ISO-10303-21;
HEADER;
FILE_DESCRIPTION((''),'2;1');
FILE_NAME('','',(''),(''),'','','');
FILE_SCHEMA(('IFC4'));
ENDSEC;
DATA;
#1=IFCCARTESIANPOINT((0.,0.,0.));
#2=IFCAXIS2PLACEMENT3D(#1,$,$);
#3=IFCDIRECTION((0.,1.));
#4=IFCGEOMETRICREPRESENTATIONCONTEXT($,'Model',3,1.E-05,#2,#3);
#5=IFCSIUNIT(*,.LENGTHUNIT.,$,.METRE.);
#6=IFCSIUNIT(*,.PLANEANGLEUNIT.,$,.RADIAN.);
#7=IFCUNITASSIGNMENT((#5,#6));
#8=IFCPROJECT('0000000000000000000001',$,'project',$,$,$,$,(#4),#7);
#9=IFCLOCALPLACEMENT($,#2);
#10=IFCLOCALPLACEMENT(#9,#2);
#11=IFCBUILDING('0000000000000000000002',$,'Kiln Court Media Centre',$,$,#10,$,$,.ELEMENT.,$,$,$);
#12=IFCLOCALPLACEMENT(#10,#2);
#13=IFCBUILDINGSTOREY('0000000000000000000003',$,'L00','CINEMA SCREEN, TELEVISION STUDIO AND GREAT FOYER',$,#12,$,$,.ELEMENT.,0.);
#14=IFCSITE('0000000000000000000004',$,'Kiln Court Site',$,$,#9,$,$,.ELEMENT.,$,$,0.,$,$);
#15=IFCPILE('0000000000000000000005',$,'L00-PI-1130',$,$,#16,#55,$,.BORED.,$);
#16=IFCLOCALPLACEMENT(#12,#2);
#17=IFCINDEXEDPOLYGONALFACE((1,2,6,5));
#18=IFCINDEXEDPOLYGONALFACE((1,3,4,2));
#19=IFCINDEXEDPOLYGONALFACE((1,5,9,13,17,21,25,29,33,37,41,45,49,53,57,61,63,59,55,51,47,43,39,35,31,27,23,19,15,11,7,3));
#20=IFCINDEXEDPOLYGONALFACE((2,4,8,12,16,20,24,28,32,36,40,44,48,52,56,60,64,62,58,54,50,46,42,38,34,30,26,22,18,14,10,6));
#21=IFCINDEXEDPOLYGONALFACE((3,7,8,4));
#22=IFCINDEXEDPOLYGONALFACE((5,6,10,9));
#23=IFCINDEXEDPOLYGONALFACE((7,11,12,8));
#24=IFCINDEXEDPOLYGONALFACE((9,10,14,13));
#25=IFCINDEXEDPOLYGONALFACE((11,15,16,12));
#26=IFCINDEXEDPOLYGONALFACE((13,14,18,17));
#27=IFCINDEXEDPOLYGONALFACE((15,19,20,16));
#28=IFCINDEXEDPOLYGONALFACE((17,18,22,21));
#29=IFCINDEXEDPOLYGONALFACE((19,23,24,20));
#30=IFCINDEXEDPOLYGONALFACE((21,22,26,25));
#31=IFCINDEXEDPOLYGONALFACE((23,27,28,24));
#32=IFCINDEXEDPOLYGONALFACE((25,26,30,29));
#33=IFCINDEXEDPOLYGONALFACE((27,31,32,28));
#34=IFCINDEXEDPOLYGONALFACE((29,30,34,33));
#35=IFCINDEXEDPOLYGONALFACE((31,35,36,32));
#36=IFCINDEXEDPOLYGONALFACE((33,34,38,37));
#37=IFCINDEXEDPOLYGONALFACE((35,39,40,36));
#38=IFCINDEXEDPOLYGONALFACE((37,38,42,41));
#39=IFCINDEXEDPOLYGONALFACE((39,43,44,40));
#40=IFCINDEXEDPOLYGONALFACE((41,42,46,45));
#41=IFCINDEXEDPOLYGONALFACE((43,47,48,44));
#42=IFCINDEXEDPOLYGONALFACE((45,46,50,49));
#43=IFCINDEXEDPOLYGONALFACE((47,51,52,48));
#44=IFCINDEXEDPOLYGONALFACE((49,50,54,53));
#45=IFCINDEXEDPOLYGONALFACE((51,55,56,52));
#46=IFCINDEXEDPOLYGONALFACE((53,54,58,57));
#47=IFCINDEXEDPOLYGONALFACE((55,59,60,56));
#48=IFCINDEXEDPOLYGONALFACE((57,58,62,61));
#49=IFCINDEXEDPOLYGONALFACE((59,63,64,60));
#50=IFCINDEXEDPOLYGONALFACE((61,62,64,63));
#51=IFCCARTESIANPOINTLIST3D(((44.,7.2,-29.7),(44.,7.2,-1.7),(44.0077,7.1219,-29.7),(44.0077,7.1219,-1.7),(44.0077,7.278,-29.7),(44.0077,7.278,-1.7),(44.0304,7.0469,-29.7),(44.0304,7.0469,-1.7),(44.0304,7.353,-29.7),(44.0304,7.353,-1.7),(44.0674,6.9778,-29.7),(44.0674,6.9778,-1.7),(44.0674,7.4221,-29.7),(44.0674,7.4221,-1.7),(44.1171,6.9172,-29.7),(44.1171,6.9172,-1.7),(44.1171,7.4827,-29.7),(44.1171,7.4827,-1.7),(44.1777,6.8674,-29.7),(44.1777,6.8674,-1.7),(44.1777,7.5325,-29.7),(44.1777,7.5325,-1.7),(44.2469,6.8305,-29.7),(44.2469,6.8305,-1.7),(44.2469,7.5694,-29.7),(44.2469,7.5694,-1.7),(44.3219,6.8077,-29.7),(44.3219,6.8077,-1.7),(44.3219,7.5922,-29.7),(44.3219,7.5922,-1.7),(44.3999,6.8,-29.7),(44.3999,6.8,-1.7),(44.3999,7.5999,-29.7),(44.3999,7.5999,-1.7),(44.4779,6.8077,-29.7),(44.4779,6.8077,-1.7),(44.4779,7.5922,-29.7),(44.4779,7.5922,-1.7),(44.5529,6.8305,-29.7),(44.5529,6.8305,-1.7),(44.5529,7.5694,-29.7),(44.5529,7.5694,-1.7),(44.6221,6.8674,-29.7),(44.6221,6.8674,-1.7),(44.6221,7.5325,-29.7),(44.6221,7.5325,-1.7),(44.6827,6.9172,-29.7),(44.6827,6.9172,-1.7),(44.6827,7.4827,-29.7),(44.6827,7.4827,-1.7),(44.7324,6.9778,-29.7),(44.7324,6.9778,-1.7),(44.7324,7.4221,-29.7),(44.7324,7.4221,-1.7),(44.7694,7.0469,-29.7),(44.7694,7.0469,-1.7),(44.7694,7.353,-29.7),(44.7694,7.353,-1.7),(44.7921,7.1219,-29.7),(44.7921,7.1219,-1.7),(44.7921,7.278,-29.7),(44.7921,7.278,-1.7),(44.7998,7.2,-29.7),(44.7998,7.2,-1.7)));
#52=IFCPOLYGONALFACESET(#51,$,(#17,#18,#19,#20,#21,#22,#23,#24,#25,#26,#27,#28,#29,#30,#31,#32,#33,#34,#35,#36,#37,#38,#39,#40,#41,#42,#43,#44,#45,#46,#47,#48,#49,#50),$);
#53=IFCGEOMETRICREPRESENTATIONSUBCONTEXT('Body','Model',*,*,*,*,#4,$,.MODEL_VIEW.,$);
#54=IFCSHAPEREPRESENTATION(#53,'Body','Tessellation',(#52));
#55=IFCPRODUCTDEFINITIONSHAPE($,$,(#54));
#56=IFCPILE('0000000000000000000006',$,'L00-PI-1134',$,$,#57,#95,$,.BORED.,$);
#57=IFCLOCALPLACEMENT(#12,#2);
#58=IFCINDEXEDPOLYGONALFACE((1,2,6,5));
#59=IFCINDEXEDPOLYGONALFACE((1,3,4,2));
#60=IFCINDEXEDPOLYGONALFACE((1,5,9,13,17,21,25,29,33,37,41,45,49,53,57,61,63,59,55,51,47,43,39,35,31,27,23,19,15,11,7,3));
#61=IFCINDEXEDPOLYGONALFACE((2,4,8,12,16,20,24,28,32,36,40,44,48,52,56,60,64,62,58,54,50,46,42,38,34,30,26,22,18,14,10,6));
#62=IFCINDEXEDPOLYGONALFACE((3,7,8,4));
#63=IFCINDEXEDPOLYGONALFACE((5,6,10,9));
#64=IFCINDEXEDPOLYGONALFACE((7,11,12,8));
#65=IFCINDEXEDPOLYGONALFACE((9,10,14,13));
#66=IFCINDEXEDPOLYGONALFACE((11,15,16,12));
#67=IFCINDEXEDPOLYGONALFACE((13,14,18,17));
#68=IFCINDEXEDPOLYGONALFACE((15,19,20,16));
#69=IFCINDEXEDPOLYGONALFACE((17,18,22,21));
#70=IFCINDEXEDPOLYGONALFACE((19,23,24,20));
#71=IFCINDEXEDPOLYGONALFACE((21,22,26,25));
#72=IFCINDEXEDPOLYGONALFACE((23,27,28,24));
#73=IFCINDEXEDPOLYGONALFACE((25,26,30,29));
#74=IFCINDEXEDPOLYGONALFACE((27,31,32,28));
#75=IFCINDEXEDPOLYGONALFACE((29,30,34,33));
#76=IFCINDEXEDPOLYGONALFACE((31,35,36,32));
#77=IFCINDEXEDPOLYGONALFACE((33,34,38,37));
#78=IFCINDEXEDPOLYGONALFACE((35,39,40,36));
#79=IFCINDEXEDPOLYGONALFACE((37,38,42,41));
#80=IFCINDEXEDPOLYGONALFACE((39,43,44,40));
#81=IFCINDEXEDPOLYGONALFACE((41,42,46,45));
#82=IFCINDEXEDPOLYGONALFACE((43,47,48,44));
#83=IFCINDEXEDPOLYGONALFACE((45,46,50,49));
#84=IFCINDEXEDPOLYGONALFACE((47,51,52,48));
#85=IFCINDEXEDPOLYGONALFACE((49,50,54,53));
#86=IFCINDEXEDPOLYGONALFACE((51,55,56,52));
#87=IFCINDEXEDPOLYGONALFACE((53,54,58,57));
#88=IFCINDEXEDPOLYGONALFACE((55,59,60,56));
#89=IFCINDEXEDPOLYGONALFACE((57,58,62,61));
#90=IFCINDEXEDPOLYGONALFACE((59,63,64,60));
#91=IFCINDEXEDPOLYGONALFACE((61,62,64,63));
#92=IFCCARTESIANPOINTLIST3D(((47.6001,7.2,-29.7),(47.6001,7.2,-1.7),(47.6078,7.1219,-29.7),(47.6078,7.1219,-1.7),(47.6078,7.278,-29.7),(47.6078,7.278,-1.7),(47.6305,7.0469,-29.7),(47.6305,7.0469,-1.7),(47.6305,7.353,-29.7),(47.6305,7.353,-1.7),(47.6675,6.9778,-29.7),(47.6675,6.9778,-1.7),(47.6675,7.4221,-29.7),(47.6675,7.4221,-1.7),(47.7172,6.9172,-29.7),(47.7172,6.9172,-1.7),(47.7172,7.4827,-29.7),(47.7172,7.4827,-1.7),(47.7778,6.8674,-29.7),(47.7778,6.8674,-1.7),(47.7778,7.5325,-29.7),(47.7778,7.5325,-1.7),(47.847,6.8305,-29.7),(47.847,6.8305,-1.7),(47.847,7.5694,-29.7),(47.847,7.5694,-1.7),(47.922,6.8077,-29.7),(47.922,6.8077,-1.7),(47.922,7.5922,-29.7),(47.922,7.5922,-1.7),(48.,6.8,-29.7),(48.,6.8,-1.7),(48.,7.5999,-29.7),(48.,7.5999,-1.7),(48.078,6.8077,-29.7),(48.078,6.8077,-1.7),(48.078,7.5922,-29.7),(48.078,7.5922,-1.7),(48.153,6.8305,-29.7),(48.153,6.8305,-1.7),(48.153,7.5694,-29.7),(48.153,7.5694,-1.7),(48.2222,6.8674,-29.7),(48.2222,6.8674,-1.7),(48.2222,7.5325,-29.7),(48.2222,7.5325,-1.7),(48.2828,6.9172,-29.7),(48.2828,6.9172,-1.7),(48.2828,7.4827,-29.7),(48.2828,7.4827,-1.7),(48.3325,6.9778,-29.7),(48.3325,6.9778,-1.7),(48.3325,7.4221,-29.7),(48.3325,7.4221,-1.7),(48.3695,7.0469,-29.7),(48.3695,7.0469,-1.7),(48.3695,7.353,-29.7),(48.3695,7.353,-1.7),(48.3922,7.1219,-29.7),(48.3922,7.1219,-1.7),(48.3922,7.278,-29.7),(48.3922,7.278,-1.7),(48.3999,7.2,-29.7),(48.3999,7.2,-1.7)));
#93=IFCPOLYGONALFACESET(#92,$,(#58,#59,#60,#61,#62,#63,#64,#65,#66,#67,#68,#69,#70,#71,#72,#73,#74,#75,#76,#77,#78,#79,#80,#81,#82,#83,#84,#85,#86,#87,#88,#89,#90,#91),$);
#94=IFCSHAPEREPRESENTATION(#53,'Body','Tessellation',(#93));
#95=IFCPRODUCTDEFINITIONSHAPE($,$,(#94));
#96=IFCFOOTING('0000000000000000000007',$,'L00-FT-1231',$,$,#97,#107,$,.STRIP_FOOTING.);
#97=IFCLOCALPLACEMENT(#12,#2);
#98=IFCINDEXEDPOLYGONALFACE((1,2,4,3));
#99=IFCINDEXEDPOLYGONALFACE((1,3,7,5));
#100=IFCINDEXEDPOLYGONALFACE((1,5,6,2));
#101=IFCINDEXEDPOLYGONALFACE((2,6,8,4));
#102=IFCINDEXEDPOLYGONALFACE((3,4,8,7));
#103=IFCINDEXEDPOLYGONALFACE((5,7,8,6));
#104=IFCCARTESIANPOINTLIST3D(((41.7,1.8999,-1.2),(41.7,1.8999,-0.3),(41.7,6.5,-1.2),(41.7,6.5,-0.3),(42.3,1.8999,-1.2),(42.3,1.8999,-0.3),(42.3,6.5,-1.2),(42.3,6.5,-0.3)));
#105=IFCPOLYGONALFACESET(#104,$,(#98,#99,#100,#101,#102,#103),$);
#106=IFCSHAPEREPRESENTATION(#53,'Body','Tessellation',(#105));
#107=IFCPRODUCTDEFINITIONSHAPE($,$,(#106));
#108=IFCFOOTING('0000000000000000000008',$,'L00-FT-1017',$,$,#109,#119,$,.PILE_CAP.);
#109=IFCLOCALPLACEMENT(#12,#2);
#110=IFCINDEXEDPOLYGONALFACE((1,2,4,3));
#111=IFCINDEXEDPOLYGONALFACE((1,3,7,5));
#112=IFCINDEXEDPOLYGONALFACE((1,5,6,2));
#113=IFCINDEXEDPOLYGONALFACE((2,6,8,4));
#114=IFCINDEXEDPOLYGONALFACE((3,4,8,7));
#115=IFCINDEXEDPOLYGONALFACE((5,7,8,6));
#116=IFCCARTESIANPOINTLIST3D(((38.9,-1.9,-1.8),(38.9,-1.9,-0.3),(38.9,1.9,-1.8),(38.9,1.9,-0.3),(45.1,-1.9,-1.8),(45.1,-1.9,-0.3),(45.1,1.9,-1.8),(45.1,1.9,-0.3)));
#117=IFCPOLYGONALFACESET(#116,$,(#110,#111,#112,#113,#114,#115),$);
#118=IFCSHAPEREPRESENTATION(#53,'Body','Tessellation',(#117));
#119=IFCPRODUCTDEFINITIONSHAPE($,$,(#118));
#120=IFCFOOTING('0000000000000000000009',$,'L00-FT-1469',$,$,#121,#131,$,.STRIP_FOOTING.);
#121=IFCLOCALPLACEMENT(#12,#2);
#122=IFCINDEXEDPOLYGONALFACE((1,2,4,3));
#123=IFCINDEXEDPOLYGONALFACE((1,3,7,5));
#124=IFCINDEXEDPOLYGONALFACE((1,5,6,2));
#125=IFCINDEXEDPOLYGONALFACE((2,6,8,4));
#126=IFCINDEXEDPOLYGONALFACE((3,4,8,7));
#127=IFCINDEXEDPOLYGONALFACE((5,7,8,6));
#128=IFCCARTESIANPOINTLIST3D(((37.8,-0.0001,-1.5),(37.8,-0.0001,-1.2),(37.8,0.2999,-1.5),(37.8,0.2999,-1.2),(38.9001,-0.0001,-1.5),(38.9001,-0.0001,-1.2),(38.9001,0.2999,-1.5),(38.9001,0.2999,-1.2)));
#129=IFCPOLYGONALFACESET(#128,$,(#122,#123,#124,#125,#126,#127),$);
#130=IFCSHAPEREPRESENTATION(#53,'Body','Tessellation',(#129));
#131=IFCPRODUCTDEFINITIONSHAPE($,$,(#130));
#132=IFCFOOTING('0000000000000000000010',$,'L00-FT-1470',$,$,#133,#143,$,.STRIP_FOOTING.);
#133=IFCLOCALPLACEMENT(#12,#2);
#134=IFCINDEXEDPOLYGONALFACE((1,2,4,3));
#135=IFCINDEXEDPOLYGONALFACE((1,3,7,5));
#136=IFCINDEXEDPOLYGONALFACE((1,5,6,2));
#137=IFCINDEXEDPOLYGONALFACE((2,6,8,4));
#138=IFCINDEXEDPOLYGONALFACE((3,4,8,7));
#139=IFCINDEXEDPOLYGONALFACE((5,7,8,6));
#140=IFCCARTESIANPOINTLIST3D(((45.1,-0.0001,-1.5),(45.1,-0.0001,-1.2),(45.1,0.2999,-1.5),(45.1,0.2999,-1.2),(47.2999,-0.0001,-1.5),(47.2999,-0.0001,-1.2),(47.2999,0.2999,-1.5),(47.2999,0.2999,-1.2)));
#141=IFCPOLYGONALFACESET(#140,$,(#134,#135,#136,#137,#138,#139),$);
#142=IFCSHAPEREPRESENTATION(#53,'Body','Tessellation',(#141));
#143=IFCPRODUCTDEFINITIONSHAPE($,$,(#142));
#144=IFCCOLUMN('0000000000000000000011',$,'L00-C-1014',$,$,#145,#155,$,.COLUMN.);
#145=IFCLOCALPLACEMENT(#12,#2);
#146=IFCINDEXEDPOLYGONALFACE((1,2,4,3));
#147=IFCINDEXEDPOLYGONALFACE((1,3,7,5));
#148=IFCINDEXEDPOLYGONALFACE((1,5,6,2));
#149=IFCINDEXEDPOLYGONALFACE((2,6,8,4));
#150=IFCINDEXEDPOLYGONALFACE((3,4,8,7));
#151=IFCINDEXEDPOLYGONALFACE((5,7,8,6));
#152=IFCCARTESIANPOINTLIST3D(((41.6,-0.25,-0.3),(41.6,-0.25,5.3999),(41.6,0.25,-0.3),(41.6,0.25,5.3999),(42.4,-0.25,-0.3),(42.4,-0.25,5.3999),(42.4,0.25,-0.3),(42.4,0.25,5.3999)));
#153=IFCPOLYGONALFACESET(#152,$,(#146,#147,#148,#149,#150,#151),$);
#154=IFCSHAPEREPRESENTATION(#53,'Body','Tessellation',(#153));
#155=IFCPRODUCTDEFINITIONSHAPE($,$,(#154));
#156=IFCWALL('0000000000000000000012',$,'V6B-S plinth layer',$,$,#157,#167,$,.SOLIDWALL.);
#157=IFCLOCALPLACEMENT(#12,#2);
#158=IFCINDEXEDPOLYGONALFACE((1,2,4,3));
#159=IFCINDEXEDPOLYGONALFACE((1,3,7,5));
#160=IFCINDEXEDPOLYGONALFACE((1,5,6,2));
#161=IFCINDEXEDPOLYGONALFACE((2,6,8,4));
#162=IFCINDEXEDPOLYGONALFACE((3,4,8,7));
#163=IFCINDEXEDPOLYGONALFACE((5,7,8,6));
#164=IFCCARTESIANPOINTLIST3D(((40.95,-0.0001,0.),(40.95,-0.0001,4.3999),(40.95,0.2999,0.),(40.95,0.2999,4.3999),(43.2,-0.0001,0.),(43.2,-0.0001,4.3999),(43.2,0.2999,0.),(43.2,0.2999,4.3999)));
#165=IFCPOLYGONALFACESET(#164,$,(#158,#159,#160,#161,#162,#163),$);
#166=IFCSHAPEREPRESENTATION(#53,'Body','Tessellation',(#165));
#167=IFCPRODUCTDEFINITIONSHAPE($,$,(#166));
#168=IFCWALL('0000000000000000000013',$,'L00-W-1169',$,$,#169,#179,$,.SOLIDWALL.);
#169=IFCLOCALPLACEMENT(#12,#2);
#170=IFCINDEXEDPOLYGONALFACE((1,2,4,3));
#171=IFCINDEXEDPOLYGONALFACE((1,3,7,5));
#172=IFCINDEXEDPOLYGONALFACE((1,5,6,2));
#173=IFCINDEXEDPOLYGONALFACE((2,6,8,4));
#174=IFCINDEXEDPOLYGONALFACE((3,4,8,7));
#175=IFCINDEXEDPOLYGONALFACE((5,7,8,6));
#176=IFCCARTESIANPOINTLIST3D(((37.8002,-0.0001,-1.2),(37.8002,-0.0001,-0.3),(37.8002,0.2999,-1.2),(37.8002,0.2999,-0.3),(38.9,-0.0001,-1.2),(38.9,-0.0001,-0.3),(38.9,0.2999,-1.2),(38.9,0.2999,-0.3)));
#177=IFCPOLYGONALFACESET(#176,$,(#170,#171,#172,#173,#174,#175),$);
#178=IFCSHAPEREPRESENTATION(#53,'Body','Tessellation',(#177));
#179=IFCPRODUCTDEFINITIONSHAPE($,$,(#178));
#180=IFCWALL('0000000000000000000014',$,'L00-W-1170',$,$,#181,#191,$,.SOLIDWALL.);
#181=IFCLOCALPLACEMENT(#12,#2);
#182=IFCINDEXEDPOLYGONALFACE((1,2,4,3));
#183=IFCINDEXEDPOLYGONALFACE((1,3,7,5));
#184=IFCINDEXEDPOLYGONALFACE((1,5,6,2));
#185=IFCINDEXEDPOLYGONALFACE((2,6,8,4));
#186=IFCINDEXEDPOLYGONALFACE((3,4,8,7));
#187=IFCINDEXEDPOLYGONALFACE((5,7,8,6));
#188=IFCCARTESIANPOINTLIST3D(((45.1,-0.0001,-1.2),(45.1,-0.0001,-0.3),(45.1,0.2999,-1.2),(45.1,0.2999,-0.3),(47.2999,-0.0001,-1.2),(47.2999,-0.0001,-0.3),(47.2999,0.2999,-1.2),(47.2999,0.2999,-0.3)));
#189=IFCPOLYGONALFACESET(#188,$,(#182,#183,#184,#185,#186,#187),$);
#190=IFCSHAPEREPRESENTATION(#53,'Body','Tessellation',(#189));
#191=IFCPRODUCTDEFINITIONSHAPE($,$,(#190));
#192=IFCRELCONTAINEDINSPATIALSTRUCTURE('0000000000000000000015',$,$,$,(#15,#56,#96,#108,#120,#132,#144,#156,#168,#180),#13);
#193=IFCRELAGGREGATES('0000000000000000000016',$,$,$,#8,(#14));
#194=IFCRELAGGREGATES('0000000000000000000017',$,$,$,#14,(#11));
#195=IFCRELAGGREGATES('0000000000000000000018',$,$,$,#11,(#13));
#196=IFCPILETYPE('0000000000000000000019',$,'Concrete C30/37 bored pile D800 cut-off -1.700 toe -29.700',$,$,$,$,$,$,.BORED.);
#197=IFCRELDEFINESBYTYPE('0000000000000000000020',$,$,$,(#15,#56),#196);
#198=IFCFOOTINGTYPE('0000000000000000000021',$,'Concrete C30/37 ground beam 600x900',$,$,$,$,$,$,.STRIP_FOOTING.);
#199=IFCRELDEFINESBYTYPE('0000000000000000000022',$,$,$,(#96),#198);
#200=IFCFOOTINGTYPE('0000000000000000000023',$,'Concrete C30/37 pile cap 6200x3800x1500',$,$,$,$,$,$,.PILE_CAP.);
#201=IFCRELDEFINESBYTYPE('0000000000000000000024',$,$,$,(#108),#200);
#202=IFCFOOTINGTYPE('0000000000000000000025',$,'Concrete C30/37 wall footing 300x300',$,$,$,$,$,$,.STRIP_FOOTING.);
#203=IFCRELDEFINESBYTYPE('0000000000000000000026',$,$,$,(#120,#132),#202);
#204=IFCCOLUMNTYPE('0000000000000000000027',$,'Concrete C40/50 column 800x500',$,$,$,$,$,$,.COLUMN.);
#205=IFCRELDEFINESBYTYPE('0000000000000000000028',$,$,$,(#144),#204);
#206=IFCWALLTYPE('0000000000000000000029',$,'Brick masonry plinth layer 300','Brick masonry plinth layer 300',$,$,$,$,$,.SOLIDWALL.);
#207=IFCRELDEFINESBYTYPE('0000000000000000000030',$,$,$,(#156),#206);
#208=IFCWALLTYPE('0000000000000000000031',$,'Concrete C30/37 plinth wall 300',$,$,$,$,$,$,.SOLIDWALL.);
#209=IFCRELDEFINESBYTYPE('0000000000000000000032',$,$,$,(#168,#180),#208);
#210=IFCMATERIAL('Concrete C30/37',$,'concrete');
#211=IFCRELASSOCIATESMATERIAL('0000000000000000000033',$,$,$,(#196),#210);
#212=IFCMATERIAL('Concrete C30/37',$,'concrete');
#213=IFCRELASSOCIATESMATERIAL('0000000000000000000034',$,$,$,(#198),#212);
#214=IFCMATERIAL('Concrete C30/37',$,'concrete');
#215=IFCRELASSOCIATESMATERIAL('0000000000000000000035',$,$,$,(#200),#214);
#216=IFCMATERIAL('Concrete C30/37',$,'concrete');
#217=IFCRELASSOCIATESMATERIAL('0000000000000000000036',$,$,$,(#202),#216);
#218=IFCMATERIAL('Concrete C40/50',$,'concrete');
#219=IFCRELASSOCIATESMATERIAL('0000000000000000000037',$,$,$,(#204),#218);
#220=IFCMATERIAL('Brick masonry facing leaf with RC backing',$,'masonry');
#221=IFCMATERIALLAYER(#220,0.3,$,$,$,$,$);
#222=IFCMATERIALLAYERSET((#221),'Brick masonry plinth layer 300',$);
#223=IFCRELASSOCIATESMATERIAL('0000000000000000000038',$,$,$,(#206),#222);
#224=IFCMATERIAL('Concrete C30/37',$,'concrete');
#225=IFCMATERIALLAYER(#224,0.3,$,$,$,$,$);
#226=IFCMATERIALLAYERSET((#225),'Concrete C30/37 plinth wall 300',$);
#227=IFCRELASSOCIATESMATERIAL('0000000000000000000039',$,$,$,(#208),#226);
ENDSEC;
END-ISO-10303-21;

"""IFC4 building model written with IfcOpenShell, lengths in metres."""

from ifc_helpers import new_model, si_unit, direction, frame, frame_2d, origin, origin_2d, place, context, subcontext, project, spatial, rectangle, circle, extrude, material, layer, layer_set, material_profile, profile_set, type_object, element, save


model = new_model("IFC4")

# Units and contexts
model_context = context("Model", 3, precision=1e-05, world=origin(), true_north=direction((0.0, 1.0)))
body_context = subcontext(model_context, "Body", "Model", "MODEL_VIEW")
ifc_project = project(units=[si_unit("LENGTHUNIT", "METRE"), si_unit("PLANEANGLEUNIT", "RADIAN")], contexts=[model_context])

# Site, building, storey
site_placement = place(None, origin())
site = spatial("IfcSite", under=ifc_project, at=site_placement, Name="Kiln Court Site", CompositionType="ELEMENT", RefElevation=0.0)
building_placement = place(site_placement, origin())
building = spatial("IfcBuilding", under=site, at=building_placement, Name="Kiln Court Media Centre", CompositionType="ELEMENT")
storey_placement = place(building_placement, origin())
storey = spatial("IfcBuildingStorey", under=building, at=storey_placement, Name="L00", Description="CINEMA SCREEN, TELEVISION STUDIO AND GREAT FOYER", CompositionType="ELEMENT", Elevation=0.0)

# Piles
ifc_material_1 = material(Name="Concrete C30/37", Category="concrete")
ifc_material_profile_1 = material_profile(ifc_material_1, circle(Radius=0.3999, at=origin_2d()), Name="PILE D800")
ifc_profile_set_1 = profile_set([ifc_material_profile_1], Name="Concrete C30/37")
pile_type = type_object("IfcPileType", Name="Concrete C30/37 bored pile D800 cut-off -1.700 toe -29.700", PredefinedType="BORED", material=ifc_profile_set_1)
for number, where, z_axis, x_axis, name in (
    (1, (44.3999, 7.2, -1.7), (0.0, 0.0, -1.0), (1.0, 0.0, 0.0), "L00-PI-1130"),
    (2, (48.0, 7.2, -1.7), (0.0, 0.0, -1.0), (1.0, 0.0, 0.0), "L00-PI-1134"),
):
    element("IfcPile", number, at=place(storey_placement, frame(where, z_axis=z_axis, x_axis=x_axis)), inside=storey, type_object=pile_type, Name=name, PredefinedType="BORED", context=body_context, shape_type="SweptSolid", body=[
        extrude(circle(Radius=0.3999, at=origin_2d()), origin(), (0.0, 0.0, 1.0), 28.0),
    ])

# Footings
ifc_material_2 = material(Name="Concrete C30/37", Category="concrete")
footing_type_1 = type_object("IfcFootingType", Name="Concrete C30/37 ground beam 600x900", PredefinedType="STRIP_FOOTING", material=ifc_material_2)
footing_1_placement = place(storey_placement, frame((42.0, 4.2, -1.2), z_axis=(0.0, 0.0, 1.0), x_axis=(1.0, 0.0, 0.0)))
element("IfcFooting", 3, at=footing_1_placement, inside=storey, type_object=footing_type_1, Name="L00-FT-1231", PredefinedType="STRIP_FOOTING", context=body_context, shape_type="SweptSolid", body=[
    extrude(rectangle(XDim=0.6001, YDim=4.6001, at=origin_2d()), origin(), (0.0, 0.0, 1.0), 0.8999),
])
ifc_material_3 = material(Name="Concrete C30/37", Category="concrete")
footing_type_2 = type_object("IfcFootingType", Name="Concrete C30/37 pile cap 6200x3800x1500", PredefinedType="PILE_CAP", material=ifc_material_3)
footing_2_placement = place(storey_placement, frame((42.0, 0.0, -1.8), z_axis=(0.0, 0.0, 1.0), x_axis=(1.0, 0.0, 0.0)))
element("IfcFooting", 4, at=footing_2_placement, inside=storey, type_object=footing_type_2, Name="L00-FT-1017", PredefinedType="PILE_CAP", context=body_context, shape_type="SweptSolid", body=[
    extrude(rectangle(XDim=6.2, YDim=3.8, at=origin_2d()), origin(), (0.0, 0.0, 1.0), 1.5),
])
ifc_material_4 = material(Name="Concrete C30/37", Category="concrete")
footing_type_3 = type_object("IfcFootingType", Name="Concrete C30/37 wall footing 300x300", PredefinedType="STRIP_FOOTING", material=ifc_material_4)
footing_3_placement = place(storey_placement, frame((38.3501, 0.1499, -1.5), z_axis=(0.0, 0.0, 1.0), x_axis=(1.0, 0.0, 0.0)))
element("IfcFooting", 5, at=footing_3_placement, inside=storey, type_object=footing_type_3, Name="L00-FT-1469", PredefinedType="STRIP_FOOTING", context=body_context, shape_type="SweptSolid", body=[
    extrude(rectangle(XDim=1.1001, YDim=0.3, at=origin_2d()), origin(), (0.0, 0.0, 1.0), 0.3),
])
footing_4_placement = place(storey_placement, frame((46.2, 0.1499, -1.5), z_axis=(0.0, 0.0, 1.0), x_axis=(1.0, 0.0, 0.0)))
element("IfcFooting", 6, at=footing_4_placement, inside=storey, type_object=footing_type_3, Name="L00-FT-1470", PredefinedType="STRIP_FOOTING", context=body_context, shape_type="SweptSolid", body=[
    extrude(rectangle(XDim=2.2, YDim=0.3, at=origin_2d()), origin(), (0.0, 0.0, 1.0), 0.3),
])

# Column
ifc_material_5 = material(Name="Concrete C40/50", Category="concrete")
ifc_material_profile_2 = material_profile(ifc_material_5, rectangle(XDim=0.8, YDim=0.5, at=origin_2d()), Name="RC 800x500")
ifc_profile_set_2 = profile_set([ifc_material_profile_2], Name="Concrete C40/50")
column_type = type_object("IfcColumnType", Name="Concrete C40/50 column 800x500", PredefinedType="COLUMN", material=ifc_profile_set_2)
column_placement = place(storey_placement, frame((42.0, 0.0, -0.3), z_axis=(0.0, 0.0, 1.0), x_axis=(1.0, 0.0, 0.0)))
element("IfcColumn", 7, at=column_placement, inside=storey, type_object=column_type, Name="L00-C-1014", PredefinedType="COLUMN", context=body_context, shape_type="SweptSolid", body=[
    extrude(rectangle(XDim=0.8, YDim=0.5, at=origin_2d()), origin(), (0.0, 0.0, 1.0), 5.7),
])

# Walls
ifc_material_6 = material(Name="Brick masonry facing leaf with RC backing", Category="masonry")
ifc_layer_1 = layer(ifc_material_6, 0.3)
ifc_layer_set_1 = layer_set([ifc_layer_1], Name="Brick masonry plinth layer 300")
wall_type_1 = type_object("IfcWallType", Name="Brick masonry plinth layer 300", Description="Brick masonry plinth layer 300", PredefinedType="SOLIDWALL", material=ifc_layer_set_1)
wall_1_placement = place(storey_placement, frame((43.2, 0.1499, 0.0), z_axis=(0.0, 0.0, 1.0), x_axis=(-1.0, 0.0, 0.0)))
element("IfcWall", 8, at=wall_1_placement, inside=storey, type_object=wall_type_1, Name="V6B-S plinth layer", PredefinedType="SOLIDWALL", context=body_context, shape_type="SweptSolid", body=[
    extrude(rectangle(XDim=2.25, YDim=0.3, at=frame_2d((1.125, 0.0))), origin(), (0.0, 0.0, 1.0), 4.3999),
])
ifc_material_7 = material(Name="Concrete C30/37", Category="concrete")
ifc_layer_2 = layer(ifc_material_7, 0.3)
ifc_layer_set_2 = layer_set([ifc_layer_2], Name="Concrete C30/37 plinth wall 300")
wall_type_2 = type_object("IfcWallType", Name="Concrete C30/37 plinth wall 300", PredefinedType="SOLIDWALL", material=ifc_layer_set_2)
wall_2_placement = place(storey_placement, frame((38.8999, 0.1499, -1.2), z_axis=(0.0, 0.0, 1.0), x_axis=(-1.0, 0.0, 0.0)))
element("IfcWall", 9, at=wall_2_placement, inside=storey, type_object=wall_type_2, Name="L00-W-1169", PredefinedType="SOLIDWALL", context=body_context, shape_type="SweptSolid", body=[
    extrude(rectangle(XDim=1.0999, YDim=0.3, at=frame_2d((0.5498, 0.0))), origin(), (0.0, 0.0, 1.0), 0.8999),
])
wall_3_placement = place(storey_placement, frame((47.3, 0.1499, -1.2), z_axis=(0.0, 0.0, 1.0), x_axis=(-1.0, 0.0, 0.0)))
element("IfcWall", 10, at=wall_3_placement, inside=storey, type_object=wall_type_2, Name="L00-W-1170", PredefinedType="SOLIDWALL", context=body_context, shape_type="SweptSolid", body=[
    extrude(rectangle(XDim=2.2, YDim=0.3, at=frame_2d((1.1001, 0.0))), origin(), (0.0, 0.0, 1.0), 0.8999),
])

save(model, "model.ifc")
